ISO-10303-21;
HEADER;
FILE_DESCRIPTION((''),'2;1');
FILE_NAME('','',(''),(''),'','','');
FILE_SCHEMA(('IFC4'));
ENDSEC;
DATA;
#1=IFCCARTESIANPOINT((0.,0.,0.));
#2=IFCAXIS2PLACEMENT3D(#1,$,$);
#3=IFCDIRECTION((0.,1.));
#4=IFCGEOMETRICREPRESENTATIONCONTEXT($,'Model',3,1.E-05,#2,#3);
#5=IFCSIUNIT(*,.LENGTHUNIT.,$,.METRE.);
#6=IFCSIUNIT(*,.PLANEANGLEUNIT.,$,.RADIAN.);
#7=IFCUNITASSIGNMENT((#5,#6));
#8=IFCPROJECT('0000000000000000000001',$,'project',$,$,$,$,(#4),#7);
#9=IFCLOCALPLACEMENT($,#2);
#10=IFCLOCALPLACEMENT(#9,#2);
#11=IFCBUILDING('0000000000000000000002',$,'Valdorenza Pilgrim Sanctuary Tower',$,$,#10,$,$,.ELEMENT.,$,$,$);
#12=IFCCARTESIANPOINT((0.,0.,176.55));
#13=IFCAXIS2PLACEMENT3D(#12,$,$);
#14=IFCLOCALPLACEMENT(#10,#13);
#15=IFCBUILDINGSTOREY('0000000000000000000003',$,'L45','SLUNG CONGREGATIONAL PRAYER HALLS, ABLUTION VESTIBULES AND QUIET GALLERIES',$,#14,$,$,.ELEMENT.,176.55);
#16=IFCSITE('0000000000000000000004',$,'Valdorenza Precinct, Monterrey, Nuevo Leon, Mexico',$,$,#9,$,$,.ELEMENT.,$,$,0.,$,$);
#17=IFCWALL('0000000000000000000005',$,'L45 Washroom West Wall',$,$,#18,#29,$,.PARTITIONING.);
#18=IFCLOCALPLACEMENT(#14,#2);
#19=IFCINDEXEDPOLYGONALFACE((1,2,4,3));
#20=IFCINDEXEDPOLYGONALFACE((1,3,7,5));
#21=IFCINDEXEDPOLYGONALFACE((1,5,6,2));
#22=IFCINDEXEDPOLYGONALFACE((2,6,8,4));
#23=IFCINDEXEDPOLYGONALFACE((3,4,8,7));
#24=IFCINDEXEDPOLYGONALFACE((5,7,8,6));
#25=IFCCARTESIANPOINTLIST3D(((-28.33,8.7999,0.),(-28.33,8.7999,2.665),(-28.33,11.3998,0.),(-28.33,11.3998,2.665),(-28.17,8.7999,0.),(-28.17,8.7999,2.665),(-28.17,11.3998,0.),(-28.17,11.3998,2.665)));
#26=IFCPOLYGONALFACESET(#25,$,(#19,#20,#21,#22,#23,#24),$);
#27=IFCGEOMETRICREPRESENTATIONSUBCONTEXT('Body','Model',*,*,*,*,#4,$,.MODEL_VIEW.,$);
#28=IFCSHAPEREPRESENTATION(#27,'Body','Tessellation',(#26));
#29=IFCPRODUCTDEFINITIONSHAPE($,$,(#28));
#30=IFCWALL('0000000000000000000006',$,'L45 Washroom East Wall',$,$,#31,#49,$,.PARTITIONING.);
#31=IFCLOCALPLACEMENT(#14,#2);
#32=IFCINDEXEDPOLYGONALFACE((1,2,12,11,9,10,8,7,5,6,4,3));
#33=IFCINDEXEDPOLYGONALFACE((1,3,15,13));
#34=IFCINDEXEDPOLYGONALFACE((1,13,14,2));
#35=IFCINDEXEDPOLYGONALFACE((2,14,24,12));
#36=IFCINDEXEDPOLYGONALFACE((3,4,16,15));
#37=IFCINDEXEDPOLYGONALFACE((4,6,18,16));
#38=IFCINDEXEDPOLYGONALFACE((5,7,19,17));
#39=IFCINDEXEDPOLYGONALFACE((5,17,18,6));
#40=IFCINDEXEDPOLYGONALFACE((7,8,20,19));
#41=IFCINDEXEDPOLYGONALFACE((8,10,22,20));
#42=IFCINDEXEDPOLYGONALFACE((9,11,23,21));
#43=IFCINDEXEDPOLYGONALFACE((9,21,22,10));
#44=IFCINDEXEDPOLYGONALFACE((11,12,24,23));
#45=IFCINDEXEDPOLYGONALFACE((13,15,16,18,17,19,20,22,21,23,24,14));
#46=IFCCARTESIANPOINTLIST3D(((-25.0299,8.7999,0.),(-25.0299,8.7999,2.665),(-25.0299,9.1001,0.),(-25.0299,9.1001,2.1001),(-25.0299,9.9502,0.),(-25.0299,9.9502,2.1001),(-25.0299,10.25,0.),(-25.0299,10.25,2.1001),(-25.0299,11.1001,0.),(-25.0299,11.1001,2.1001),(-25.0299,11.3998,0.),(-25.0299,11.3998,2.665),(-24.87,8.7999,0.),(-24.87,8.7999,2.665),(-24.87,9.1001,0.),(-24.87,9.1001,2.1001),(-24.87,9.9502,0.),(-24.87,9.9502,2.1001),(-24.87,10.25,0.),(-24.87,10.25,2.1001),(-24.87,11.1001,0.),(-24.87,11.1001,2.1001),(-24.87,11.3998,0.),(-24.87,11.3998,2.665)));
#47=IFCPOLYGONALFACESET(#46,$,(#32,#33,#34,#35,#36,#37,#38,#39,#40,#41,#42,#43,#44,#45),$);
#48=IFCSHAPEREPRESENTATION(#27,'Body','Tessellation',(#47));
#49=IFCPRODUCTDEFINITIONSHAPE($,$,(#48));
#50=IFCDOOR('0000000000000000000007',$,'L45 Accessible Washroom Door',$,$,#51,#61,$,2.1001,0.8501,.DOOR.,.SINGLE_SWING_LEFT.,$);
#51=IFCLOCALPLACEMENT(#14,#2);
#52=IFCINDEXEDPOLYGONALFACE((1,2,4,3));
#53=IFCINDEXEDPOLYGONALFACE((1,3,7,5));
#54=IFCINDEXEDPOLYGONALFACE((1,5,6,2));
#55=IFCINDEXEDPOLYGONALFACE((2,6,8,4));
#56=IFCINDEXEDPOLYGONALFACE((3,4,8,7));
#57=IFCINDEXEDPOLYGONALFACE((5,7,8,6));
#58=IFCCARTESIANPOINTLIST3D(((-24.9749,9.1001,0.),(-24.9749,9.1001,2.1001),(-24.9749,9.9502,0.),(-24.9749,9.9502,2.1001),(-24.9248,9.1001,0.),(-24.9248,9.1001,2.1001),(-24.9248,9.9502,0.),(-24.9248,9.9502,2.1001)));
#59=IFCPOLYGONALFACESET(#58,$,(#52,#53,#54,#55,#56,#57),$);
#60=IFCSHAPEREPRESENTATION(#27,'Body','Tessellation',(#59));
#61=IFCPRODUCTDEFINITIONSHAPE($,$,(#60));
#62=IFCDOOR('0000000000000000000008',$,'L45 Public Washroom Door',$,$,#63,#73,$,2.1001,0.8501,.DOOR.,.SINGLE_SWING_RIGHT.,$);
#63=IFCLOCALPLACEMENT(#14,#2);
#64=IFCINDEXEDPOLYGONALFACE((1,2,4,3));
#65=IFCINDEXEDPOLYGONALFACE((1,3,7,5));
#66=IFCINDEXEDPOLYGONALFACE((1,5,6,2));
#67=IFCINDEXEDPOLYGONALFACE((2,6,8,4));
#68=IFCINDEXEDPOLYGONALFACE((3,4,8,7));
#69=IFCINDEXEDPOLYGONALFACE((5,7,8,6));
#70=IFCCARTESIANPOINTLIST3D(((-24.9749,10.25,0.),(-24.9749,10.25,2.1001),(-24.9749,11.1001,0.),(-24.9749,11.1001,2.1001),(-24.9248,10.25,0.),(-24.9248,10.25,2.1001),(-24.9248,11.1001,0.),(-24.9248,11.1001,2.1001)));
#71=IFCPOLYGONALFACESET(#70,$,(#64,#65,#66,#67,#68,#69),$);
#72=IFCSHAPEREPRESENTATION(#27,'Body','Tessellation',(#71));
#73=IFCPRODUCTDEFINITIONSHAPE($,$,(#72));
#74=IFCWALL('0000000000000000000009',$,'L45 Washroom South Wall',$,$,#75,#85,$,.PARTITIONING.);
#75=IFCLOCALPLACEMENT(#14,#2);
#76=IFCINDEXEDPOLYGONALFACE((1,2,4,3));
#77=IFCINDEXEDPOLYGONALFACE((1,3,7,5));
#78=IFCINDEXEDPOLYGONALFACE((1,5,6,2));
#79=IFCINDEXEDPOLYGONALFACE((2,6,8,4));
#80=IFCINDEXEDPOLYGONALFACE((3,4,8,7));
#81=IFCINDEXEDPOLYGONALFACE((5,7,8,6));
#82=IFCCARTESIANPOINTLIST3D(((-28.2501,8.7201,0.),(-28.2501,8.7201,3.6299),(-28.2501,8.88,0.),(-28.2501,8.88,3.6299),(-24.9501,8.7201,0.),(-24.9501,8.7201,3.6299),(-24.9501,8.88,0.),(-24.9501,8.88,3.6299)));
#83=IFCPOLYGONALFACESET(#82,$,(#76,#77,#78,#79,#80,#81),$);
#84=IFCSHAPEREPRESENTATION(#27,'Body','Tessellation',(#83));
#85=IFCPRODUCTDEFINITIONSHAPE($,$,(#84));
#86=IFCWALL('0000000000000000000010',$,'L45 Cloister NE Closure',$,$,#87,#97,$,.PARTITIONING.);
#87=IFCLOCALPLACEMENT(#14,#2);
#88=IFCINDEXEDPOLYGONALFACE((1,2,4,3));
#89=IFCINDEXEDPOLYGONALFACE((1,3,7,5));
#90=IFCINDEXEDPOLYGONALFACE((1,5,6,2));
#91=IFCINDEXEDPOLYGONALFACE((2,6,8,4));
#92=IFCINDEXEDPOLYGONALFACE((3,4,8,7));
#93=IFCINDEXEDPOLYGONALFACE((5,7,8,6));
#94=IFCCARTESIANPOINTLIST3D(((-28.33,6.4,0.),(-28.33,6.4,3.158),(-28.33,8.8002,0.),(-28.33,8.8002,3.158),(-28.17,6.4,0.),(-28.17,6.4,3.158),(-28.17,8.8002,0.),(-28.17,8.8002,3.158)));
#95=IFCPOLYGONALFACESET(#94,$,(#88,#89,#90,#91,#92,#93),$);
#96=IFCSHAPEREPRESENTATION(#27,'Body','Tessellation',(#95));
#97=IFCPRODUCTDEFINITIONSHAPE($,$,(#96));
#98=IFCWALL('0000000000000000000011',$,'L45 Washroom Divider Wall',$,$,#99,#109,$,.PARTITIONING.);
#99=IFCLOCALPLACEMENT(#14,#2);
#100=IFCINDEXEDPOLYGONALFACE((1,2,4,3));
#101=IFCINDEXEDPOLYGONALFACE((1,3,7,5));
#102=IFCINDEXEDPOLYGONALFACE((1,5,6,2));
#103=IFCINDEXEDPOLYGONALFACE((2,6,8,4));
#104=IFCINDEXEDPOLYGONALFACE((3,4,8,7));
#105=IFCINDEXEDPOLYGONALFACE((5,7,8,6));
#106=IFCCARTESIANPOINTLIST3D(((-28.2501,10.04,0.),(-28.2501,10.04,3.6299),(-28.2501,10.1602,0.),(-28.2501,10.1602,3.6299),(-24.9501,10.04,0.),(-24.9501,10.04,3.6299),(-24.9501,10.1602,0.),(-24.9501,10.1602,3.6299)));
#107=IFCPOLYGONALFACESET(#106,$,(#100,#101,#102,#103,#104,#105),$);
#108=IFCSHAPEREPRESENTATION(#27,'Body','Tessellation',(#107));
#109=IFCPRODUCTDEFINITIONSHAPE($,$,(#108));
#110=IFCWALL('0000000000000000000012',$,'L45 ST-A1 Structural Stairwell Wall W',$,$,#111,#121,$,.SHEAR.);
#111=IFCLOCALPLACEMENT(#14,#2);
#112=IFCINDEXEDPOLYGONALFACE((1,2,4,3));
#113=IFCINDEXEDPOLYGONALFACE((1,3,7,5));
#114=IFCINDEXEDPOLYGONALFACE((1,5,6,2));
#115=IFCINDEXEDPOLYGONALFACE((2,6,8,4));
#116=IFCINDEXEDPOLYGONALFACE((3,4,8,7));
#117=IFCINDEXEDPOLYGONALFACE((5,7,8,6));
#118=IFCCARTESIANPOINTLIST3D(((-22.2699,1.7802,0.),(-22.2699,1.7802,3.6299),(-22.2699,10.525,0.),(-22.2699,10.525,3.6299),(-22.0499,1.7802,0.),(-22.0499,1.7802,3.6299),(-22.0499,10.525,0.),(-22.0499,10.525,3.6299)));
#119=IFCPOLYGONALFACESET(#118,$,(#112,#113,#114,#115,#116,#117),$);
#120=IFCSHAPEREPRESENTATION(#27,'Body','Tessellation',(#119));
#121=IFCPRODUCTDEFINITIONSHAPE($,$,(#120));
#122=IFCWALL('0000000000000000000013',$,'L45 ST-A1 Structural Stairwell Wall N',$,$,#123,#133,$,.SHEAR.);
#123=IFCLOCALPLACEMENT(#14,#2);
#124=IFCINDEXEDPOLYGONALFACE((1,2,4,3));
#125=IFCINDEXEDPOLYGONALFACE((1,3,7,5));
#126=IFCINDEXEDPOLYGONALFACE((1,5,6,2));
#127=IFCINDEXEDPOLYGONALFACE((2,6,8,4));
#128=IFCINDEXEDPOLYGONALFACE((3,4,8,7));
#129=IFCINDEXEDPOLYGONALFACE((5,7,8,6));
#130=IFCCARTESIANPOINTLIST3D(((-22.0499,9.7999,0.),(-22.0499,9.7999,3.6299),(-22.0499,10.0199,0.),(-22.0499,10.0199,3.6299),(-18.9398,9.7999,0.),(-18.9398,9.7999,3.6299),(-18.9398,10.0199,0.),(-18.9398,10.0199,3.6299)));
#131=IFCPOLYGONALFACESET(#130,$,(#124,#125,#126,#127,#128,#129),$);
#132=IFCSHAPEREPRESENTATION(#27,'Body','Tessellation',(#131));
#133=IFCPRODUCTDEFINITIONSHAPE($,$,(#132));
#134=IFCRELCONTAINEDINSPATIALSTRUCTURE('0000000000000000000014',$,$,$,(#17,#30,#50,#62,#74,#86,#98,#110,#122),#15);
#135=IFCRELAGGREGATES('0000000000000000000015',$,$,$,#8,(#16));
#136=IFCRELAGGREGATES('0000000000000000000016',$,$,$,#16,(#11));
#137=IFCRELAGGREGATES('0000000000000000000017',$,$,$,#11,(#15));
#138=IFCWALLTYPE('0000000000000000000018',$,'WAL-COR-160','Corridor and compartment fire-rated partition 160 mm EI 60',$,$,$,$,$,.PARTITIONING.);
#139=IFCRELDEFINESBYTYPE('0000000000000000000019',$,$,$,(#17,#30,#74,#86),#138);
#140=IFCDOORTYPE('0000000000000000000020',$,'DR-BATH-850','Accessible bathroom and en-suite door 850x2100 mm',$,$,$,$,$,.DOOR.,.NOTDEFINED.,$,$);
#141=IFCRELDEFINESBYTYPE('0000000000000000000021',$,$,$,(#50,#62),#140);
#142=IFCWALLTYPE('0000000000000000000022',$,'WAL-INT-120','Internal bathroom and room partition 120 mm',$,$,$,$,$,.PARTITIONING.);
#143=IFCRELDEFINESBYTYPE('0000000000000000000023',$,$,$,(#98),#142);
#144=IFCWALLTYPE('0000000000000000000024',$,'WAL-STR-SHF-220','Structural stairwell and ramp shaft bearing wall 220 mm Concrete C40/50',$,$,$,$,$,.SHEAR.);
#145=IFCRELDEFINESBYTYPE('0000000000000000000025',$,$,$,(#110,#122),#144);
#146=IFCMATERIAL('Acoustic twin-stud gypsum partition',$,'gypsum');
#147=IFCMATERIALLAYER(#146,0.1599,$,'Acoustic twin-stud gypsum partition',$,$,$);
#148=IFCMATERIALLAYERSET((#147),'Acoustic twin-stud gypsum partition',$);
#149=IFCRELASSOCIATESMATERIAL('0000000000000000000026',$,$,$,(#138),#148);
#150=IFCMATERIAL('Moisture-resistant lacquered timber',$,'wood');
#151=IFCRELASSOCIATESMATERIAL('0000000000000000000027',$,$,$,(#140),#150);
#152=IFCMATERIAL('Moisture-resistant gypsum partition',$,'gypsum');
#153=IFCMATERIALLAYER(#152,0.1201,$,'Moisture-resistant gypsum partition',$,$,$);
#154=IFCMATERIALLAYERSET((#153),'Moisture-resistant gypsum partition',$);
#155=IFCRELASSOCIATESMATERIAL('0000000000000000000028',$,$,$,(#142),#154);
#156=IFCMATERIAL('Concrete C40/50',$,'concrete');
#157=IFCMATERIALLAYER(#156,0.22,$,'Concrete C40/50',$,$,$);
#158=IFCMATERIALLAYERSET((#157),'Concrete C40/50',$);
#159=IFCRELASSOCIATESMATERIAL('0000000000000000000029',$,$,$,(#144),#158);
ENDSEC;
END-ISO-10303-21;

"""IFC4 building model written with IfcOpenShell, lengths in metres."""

from ifc_helpers import new_model, si_unit, direction, frame, frame_2d, origin, place, context, subcontext, project, spatial, rectangle, extrude, material, layer, layer_set, type_object, element, fill, save


model = new_model("IFC4")

# Units and contexts
model_context = context("Model", 3, precision=1e-05, world=origin(), true_north=direction((0.0, 1.0)))
body_context = subcontext(model_context, "Body", "Model", "MODEL_VIEW")
ifc_project = project(units=[si_unit("LENGTHUNIT", "METRE"), si_unit("PLANEANGLEUNIT", "RADIAN")], contexts=[model_context])

# Site, building, storey
site_placement = place(None, origin())
site = spatial("IfcSite", under=ifc_project, at=site_placement, Name="Valdorenza Precinct, Monterrey, Nuevo Leon, Mexico", CompositionType="ELEMENT", RefElevation=0.0)
building_placement = place(site_placement, origin())
building = spatial("IfcBuilding", under=site, at=building_placement, Name="Valdorenza Pilgrim Sanctuary Tower", CompositionType="ELEMENT")
storey_placement = place(building_placement, frame((0.0, 0.0, 176.55)))
storey = spatial("IfcBuildingStorey", under=building, at=storey_placement, Name="L45", Description="SLUNG CONGREGATIONAL PRAYER HALLS, ABLUTION VESTIBULES AND QUIET GALLERIES", CompositionType="ELEMENT", Elevation=176.55)

# Wall
ifc_material_1 = material(Name="Acoustic twin-stud gypsum partition", Category="gypsum")
ifc_layer_1 = layer(ifc_material_1, 0.1599, Name="Acoustic twin-stud gypsum partition")
ifc_layer_set_1 = layer_set([ifc_layer_1], Name="Acoustic twin-stud gypsum partition")
wall_type_1 = type_object("IfcWallType", Name="WAL-COR-160", Description="Corridor and compartment fire-rated partition 160 mm EI 60", PredefinedType="PARTITIONING", material=ifc_layer_set_1)
wall_1_placement = place(storey_placement, frame((-28.25, 8.8, 0.0), z_axis=(0.0, 0.0, 1.0), x_axis=(0.0, 1.0, 0.0)))
element("IfcWall", 1, at=wall_1_placement, inside=storey, type_object=wall_type_1, Name="L45 Washroom West Wall", PredefinedType="PARTITIONING", context=body_context, shape_type="SweptSolid", body=[
    extrude(rectangle(XDim=2.5999, YDim=0.1599, at=frame_2d((1.2998, 0.0))), origin(), (0.0, 0.0, 1.0), 2.665),
])

# Wall, openings, doors
wall_2_placement = place(storey_placement, frame((-24.95, 8.8, 0.0), z_axis=(0.0, 0.0, 1.0), x_axis=(0.0, 1.0, 0.0)))
wall_2 = element("IfcWall", 2, at=wall_2_placement, inside=storey, type_object=wall_type_1, Name="L45 Washroom East Wall", PredefinedType="PARTITIONING", context=body_context, shape_type="SweptSolid", body=[
    extrude(rectangle(XDim=2.5999, YDim=0.1599, at=frame_2d((1.2998, 0.0))), origin(), (0.0, 0.0, 1.0), 2.665),
])
opening_1_placement = place(wall_2_placement, frame((0.3, 0.0, 0.0)))
opening_1 = element("IfcOpeningElement", 3, at=opening_1_placement, cuts=wall_2, PredefinedType="OPENING", context=body_context, shape_type="SweptSolid", body=[
    extrude(rectangle(XDim=0.8501, YDim=2.1001, at=frame_2d((0.425, 1.05))), frame((0.0, 0.0947, 0.0), z_axis=(0.0, -1.0, 0.0), x_axis=(1.0, 0.0, 0.0)), (0.0, 0.0, 1.0), 0.1897),
])
opening_2_placement = place(wall_2_placement, frame((1.45, 0.0, 0.0)))
opening_2 = element("IfcOpeningElement", 4, at=opening_2_placement, cuts=wall_2, PredefinedType="OPENING", context=body_context, shape_type="SweptSolid", body=[
    extrude(rectangle(XDim=0.8501, YDim=2.1001, at=frame_2d((0.425, 1.05))), frame((0.0, 0.0947, 0.0), z_axis=(0.0, -1.0, 0.0), x_axis=(1.0, 0.0, 0.0)), (0.0, 0.0, 1.0), 0.1897),
])
ifc_material_2 = material(Name="Moisture-resistant lacquered timber", Category="wood")
door_type_1 = type_object("IfcDoorType", Name="DR-BATH-850", Description="Accessible bathroom and en-suite door 850x2100 mm", OperationType="NOTDEFINED", PredefinedType="DOOR", material=ifc_material_2)
door_1_placement = place(opening_1_placement, origin())
door_1 = element("IfcDoor", 5, at=door_1_placement, inside=storey, type_object=door_type_1, Name="L45 Accessible Washroom Door", OperationType="SINGLE_SWING_LEFT", OverallHeight=2.1001, OverallWidth=0.8501, PredefinedType="DOOR", context=body_context, shape_type="SweptSolid", body=[
    extrude(rectangle(XDim=0.8501, YDim=2.1001, at=frame_2d((0.425, 1.05))), frame((0.0, 0.0249, 0.0), z_axis=(0.0, -1.0, 0.0), x_axis=(1.0, 0.0, 0.0)), (0.0, 0.0, 1.0), 0.05),
])
fill(opening_1, door_1)
door_2_placement = place(opening_2_placement, origin())
door_2 = element("IfcDoor", 6, at=door_2_placement, inside=storey, type_object=door_type_1, Name="L45 Public Washroom Door", OperationType="SINGLE_SWING_RIGHT", OverallHeight=2.1001, OverallWidth=0.8501, PredefinedType="DOOR", context=body_context, shape_type="SweptSolid", body=[
    extrude(rectangle(XDim=0.8501, YDim=2.1001, at=frame_2d((0.425, 1.05))), frame((0.0, 0.0249, 0.0), z_axis=(0.0, -1.0, 0.0), x_axis=(1.0, 0.0, 0.0)), (0.0, 0.0, 1.0), 0.05),
])
fill(opening_2, door_2)

# Walls
wall_3_placement = place(storey_placement, frame((-28.25, 8.8, 0.0), z_axis=(0.0, 0.0, 1.0), x_axis=(1.0, 0.0, 0.0)))
element("IfcWall", 7, at=wall_3_placement, inside=storey, type_object=wall_type_1, Name="L45 Washroom South Wall", PredefinedType="PARTITIONING", context=body_context, shape_type="SweptSolid", body=[
    extrude(rectangle(XDim=3.3, YDim=0.1599, at=frame_2d((1.6499, 0.0))), origin(), (0.0, 0.0, 1.0), 3.6299),
])
wall_4_placement = place(storey_placement, frame((-28.25, 6.3999, 0.0), z_axis=(0.0, 0.0, 1.0), x_axis=(0.0, 1.0, 0.0)))
element("IfcWall", 8, at=wall_4_placement, inside=storey, type_object=wall_type_1, Name="L45 Cloister NE Closure", PredefinedType="PARTITIONING", context=body_context, shape_type="SweptSolid", body=[
    extrude(rectangle(XDim=2.4001, YDim=0.1599, at=frame_2d((1.2002, 0.0))), origin(), (0.0, 0.0, 1.0), 3.158),
])
ifc_material_3 = material(Name="Moisture-resistant gypsum partition", Category="gypsum")
ifc_layer_2 = layer(ifc_material_3, 0.1201, Name="Moisture-resistant gypsum partition")
ifc_layer_set_2 = layer_set([ifc_layer_2], Name="Moisture-resistant gypsum partition")
wall_type_2 = type_object("IfcWallType", Name="WAL-INT-120", Description="Internal bathroom and room partition 120 mm", PredefinedType="PARTITIONING", material=ifc_layer_set_2)
wall_5_placement = place(storey_placement, frame((-28.25, 10.1001, 0.0), z_axis=(0.0, 0.0, 1.0), x_axis=(1.0, 0.0, 0.0)))
element("IfcWall", 9, at=wall_5_placement, inside=storey, type_object=wall_type_2, Name="L45 Washroom Divider Wall", PredefinedType="PARTITIONING", context=body_context, shape_type="SweptSolid", body=[
    extrude(rectangle(XDim=3.3, YDim=0.1201, at=frame_2d((1.6499, 0.0))), origin(), (0.0, 0.0, 1.0), 3.6299),
])
ifc_material_4 = material(Name="Concrete C40/50", Category="concrete")
ifc_layer_3 = layer(ifc_material_4, 0.22, Name="Concrete C40/50")
ifc_layer_set_3 = layer_set([ifc_layer_3], Name="Concrete C40/50")
wall_type_3 = type_object("IfcWallType", Name="WAL-STR-SHF-220", Description="Structural stairwell and ramp shaft bearing wall 220 mm Concrete C40/50", PredefinedType="SHEAR", material=ifc_layer_set_3)
wall_6_placement = place(storey_placement, frame((-22.1599, 1.78, 0.0), z_axis=(0.0, 0.0, 1.0), x_axis=(0.0, 1.0, 0.0)))
element("IfcWall", 10, at=wall_6_placement, inside=storey, type_object=wall_type_3, Name="L45 ST-A1 Structural Stairwell Wall W", PredefinedType="SHEAR", context=body_context, shape_type="SweptSolid", body=[
    extrude(rectangle(XDim=8.7449, YDim=0.22, at=frame_2d((4.3726, 0.0))), origin(), (0.0, 0.0, 1.0), 3.6299),
])

# Wall
wall_7_placement = place(storey_placement, frame((-22.05, 9.9099, 0.0), z_axis=(0.0, 0.0, 1.0), x_axis=(1.0, 0.0, 0.0)))
element("IfcWall", 11, at=wall_7_placement, inside=storey, type_object=wall_type_3, Name="L45 ST-A1 Structural Stairwell Wall N", PredefinedType="SHEAR", context=body_context, shape_type="SweptSolid", body=[
    extrude(rectangle(XDim=3.1101, YDim=0.22, at=frame_2d((1.5552, 0.0))), origin(), (0.0, 0.0, 1.0), 3.6299),
])

save(model, "model.ifc")
